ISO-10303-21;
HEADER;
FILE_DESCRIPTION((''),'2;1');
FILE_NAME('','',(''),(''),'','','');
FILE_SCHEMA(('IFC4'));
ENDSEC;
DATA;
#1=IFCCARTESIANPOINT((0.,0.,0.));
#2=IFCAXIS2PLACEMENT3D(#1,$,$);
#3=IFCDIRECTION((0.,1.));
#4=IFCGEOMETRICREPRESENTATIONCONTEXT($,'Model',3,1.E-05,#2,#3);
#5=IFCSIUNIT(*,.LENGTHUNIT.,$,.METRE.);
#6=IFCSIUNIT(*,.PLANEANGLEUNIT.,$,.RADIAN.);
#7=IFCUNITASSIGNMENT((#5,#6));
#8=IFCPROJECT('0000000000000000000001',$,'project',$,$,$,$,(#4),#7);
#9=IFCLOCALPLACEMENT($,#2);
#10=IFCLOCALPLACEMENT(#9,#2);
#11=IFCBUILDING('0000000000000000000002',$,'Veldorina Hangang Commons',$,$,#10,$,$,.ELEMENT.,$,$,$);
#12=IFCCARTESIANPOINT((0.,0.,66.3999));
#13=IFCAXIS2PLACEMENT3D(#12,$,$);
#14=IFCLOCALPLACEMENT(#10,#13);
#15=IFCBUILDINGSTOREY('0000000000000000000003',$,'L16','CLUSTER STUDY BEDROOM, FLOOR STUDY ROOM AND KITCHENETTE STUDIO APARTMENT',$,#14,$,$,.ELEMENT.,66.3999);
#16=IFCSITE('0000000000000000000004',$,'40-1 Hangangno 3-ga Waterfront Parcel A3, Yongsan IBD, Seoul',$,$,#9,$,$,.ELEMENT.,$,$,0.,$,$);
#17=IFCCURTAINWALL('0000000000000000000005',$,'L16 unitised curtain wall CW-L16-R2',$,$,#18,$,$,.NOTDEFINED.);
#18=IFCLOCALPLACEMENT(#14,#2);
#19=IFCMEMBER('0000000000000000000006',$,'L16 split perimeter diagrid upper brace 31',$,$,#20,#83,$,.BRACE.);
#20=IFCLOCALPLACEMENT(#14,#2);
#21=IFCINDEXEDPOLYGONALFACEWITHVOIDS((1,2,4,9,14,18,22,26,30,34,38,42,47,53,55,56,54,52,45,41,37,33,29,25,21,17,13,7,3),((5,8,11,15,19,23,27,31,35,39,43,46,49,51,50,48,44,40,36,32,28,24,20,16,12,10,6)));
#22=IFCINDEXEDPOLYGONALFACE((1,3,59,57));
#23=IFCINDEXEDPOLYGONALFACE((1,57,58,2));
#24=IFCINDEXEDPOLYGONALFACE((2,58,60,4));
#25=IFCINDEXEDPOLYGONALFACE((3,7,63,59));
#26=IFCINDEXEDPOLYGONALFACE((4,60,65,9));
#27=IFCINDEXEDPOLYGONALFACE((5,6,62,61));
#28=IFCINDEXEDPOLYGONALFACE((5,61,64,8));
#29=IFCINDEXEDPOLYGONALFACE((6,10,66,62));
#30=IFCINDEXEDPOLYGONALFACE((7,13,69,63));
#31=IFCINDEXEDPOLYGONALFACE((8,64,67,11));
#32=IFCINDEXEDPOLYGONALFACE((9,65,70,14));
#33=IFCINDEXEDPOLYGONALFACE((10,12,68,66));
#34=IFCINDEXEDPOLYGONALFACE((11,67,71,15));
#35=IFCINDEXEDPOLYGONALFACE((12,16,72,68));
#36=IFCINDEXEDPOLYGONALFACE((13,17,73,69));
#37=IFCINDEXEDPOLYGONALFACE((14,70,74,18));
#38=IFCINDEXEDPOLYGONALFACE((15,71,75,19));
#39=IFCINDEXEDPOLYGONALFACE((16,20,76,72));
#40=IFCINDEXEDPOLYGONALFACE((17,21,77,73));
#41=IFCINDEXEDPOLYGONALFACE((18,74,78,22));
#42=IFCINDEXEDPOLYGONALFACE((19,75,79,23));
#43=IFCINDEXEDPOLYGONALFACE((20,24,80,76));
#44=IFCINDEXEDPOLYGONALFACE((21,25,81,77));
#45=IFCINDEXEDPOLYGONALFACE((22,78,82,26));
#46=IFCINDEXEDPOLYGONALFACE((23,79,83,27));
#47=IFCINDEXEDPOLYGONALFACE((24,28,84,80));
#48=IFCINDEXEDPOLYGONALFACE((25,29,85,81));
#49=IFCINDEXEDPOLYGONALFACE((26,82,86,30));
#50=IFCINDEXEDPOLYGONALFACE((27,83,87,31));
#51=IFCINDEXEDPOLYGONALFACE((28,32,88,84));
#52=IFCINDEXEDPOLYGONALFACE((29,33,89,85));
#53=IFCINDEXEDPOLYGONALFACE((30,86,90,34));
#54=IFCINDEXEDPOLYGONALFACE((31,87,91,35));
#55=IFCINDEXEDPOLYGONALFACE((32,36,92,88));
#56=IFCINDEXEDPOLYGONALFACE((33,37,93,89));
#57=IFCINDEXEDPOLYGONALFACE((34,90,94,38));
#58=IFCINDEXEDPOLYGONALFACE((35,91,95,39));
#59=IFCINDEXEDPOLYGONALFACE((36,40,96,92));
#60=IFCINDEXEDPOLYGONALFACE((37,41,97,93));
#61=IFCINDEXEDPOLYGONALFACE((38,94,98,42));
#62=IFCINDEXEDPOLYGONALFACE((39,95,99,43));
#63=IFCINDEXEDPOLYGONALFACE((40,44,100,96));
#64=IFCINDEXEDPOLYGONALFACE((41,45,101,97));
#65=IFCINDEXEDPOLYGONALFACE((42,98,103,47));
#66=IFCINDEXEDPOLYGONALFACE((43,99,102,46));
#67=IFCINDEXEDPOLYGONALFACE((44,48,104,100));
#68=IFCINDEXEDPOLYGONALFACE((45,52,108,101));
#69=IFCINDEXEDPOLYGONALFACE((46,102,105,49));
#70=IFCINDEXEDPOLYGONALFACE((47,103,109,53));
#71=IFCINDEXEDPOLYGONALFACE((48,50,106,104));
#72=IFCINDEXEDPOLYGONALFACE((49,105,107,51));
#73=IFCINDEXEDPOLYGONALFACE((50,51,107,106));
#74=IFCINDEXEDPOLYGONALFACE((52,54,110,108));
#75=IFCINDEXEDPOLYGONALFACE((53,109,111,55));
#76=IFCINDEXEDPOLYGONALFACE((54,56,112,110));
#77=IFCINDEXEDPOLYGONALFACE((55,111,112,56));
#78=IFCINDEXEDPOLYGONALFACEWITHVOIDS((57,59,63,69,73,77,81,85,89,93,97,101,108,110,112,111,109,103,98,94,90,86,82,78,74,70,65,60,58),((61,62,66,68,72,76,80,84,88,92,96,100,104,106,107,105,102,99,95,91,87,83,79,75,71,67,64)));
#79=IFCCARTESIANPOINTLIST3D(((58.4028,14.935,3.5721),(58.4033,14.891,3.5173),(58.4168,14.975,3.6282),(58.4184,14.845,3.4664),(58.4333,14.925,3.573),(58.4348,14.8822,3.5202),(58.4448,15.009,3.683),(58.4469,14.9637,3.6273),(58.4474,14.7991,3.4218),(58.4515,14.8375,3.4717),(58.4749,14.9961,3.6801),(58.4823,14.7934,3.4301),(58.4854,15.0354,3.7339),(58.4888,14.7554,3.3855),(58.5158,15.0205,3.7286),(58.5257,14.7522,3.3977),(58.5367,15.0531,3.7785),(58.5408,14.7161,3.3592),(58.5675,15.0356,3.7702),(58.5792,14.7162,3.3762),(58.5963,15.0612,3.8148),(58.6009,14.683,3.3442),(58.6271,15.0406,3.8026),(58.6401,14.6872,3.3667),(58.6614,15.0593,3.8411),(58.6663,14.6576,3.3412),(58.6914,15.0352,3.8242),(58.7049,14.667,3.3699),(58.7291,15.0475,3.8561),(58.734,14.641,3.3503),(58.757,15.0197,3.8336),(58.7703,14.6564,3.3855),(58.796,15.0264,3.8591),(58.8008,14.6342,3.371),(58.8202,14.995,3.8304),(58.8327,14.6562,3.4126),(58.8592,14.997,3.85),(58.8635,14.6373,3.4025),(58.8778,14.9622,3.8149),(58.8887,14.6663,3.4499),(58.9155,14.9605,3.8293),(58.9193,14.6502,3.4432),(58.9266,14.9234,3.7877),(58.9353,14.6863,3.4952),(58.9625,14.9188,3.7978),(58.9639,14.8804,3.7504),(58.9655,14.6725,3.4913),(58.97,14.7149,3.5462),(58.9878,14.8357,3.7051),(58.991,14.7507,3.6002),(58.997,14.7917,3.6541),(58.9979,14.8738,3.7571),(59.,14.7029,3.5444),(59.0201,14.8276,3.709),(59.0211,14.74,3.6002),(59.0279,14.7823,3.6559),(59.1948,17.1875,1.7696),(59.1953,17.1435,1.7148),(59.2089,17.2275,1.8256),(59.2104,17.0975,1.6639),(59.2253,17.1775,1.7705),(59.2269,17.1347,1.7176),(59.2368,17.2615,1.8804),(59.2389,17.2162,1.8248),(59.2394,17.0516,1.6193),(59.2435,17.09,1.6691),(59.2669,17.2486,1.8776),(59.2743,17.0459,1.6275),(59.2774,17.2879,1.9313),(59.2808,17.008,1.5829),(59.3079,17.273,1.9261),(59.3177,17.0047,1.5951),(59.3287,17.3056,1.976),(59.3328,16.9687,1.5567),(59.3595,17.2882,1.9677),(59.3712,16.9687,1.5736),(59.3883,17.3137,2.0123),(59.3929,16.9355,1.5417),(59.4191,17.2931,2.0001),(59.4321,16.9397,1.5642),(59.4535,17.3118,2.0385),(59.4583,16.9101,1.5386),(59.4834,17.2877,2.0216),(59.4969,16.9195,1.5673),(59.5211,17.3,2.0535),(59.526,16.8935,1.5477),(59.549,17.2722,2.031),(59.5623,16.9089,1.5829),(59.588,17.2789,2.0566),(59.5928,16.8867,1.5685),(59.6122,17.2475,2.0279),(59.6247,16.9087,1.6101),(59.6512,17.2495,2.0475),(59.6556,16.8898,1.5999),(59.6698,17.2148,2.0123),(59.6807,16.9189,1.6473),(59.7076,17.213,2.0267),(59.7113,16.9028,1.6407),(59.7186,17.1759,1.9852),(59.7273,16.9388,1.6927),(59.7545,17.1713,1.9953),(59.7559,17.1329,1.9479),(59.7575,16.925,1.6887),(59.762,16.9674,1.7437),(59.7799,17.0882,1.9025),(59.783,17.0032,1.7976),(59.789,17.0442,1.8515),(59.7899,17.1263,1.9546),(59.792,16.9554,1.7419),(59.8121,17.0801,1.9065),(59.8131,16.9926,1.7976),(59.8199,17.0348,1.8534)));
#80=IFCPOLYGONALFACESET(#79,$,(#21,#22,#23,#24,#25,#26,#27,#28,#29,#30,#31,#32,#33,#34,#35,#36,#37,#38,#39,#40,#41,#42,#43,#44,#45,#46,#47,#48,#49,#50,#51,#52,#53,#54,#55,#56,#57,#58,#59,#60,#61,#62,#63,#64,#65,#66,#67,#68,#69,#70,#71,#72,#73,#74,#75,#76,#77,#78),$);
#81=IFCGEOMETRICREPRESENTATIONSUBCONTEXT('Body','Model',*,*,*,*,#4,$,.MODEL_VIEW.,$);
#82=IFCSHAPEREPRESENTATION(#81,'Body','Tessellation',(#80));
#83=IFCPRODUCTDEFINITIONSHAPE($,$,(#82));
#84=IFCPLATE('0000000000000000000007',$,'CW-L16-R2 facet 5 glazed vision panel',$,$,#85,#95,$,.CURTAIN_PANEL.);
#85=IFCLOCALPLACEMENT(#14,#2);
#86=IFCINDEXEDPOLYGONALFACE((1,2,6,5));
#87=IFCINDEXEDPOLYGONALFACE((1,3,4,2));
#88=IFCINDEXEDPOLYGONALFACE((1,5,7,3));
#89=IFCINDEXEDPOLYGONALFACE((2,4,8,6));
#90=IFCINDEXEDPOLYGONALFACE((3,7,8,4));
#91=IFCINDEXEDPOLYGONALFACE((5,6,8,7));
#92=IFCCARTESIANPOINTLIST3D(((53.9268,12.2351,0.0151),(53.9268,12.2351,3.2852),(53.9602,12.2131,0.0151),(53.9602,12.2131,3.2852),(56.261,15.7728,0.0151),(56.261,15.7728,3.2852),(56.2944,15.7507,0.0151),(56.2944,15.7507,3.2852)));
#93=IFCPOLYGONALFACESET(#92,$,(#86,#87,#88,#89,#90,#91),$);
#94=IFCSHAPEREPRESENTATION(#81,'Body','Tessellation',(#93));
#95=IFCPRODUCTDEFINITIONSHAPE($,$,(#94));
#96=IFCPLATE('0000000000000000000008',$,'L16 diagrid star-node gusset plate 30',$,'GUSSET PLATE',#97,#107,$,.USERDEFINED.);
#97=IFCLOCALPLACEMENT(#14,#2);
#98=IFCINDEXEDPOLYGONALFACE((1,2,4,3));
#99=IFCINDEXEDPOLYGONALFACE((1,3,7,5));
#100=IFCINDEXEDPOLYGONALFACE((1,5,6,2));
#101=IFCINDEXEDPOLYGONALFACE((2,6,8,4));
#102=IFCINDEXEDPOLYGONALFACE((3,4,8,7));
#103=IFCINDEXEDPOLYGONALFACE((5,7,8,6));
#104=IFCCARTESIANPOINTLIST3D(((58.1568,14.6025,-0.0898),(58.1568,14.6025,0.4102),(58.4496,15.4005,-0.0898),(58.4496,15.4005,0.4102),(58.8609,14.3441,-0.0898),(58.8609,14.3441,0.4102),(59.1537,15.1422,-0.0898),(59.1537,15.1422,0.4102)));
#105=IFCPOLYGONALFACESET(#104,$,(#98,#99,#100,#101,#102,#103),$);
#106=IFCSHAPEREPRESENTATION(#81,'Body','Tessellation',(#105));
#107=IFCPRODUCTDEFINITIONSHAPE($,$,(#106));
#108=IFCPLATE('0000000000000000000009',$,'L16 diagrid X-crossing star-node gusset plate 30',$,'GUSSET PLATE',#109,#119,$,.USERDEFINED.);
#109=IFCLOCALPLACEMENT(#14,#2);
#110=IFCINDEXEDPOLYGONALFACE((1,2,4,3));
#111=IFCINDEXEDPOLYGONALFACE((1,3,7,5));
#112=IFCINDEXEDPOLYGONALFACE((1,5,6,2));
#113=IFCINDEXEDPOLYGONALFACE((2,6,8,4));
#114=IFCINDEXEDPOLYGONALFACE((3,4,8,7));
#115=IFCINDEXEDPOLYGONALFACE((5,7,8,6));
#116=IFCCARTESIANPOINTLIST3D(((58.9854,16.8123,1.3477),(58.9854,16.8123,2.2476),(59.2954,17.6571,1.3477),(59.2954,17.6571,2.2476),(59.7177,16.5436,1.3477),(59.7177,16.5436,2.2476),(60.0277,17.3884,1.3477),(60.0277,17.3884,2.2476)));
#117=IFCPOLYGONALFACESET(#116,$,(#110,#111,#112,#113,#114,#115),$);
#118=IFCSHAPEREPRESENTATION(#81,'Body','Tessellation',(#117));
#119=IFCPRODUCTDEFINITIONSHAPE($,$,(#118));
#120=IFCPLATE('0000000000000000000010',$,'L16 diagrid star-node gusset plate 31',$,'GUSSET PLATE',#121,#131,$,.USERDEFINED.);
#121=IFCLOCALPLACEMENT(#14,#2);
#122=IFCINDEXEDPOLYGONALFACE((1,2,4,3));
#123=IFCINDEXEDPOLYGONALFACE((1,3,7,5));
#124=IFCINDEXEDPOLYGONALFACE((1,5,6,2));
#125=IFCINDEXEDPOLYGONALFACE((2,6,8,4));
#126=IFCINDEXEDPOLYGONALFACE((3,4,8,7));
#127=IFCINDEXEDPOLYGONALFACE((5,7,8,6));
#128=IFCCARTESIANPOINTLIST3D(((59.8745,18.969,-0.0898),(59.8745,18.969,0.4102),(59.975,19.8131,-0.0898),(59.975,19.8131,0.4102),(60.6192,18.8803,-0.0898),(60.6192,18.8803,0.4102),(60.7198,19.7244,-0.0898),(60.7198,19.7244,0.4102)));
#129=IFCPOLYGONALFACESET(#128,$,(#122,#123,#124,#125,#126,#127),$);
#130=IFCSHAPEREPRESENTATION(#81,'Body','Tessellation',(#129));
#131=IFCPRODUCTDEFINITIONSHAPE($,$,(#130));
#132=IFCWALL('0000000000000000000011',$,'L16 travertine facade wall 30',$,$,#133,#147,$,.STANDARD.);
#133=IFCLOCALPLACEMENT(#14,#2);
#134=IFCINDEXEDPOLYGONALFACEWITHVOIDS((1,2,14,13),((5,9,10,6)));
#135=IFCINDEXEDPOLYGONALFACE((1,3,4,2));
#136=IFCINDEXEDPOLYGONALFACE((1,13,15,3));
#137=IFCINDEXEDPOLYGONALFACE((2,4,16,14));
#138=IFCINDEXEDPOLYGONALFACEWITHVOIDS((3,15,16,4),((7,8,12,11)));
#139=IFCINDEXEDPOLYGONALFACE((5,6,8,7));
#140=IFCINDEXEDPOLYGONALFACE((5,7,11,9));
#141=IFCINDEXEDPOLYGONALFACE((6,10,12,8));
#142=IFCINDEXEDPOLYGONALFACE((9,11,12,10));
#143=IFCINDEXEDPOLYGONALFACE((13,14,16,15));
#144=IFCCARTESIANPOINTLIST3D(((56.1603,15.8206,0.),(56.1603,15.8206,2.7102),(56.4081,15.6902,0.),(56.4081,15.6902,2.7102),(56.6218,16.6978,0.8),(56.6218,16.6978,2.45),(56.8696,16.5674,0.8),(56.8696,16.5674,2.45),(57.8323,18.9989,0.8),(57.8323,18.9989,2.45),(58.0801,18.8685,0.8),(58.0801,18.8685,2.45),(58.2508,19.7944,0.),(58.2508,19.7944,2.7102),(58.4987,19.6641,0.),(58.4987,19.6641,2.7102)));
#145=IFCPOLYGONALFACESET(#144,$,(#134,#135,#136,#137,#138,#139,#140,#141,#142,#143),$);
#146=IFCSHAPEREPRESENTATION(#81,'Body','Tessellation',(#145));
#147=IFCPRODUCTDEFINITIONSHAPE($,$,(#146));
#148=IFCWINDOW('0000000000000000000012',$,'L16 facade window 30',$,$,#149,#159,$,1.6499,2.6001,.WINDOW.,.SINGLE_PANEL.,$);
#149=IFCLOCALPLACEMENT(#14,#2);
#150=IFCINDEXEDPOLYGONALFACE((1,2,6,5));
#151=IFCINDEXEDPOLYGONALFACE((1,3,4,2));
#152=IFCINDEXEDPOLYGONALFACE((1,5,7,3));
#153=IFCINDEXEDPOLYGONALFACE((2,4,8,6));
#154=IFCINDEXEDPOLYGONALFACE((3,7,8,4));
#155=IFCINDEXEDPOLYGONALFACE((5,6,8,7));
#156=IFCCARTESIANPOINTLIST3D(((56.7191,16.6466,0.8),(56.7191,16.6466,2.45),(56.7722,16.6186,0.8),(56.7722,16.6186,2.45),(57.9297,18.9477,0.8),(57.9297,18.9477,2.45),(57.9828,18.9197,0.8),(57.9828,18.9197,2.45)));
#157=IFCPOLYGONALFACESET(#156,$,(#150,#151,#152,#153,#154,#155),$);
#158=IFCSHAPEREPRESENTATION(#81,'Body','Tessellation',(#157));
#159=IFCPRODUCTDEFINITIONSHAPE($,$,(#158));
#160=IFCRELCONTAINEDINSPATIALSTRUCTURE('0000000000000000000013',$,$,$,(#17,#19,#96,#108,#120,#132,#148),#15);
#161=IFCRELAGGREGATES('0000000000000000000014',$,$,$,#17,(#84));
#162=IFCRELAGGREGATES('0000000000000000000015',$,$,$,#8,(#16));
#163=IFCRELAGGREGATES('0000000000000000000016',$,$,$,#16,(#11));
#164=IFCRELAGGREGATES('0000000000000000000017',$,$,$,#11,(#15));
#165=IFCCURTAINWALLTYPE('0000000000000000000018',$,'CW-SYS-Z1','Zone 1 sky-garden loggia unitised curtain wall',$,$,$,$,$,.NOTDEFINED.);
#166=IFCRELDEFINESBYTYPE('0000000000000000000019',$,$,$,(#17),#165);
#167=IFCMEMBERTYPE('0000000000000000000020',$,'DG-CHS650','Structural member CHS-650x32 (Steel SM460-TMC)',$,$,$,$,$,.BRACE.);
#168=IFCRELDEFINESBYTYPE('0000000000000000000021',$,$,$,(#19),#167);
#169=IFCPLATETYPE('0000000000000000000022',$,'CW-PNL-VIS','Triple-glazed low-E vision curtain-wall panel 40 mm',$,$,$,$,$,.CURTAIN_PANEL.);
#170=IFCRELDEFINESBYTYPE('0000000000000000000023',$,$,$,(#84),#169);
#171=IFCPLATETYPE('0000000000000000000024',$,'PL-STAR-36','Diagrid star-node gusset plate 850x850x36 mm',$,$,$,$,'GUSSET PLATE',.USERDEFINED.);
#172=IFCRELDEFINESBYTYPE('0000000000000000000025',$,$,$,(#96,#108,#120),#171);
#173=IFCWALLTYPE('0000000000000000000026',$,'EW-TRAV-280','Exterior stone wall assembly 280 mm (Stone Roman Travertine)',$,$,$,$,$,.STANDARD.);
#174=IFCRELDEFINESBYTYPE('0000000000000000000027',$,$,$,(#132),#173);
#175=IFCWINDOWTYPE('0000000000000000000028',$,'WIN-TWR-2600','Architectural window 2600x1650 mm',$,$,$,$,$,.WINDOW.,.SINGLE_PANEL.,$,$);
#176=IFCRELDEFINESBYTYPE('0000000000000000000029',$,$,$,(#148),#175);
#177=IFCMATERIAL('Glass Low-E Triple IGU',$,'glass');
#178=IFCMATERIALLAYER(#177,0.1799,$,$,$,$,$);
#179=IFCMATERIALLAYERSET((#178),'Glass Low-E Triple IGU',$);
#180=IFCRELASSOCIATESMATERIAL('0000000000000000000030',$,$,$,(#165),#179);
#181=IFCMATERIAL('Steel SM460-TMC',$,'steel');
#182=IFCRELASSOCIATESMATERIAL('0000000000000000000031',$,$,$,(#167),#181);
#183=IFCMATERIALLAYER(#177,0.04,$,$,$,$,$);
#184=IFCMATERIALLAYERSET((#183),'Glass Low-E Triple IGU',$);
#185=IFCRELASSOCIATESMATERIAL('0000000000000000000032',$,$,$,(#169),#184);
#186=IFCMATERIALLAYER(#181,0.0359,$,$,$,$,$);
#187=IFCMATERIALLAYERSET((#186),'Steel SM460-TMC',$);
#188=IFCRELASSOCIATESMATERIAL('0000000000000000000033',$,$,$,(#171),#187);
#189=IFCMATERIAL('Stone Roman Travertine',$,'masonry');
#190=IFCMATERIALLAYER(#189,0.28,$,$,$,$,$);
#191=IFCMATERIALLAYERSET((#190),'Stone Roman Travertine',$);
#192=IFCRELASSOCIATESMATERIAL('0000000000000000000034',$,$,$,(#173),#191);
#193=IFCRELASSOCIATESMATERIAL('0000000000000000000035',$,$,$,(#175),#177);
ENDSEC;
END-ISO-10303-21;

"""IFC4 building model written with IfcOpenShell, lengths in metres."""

from ifc_helpers import new_model, si_unit, direction, frame, frame_2d, origin, origin_2d, place, context, subcontext, project, spatial, rectangle, hollow_circle, extrude, material, layer, layer_set, material_profile, profile_set, type_object, element, fill, aggregate, save


model = new_model("IFC4")

# Units and contexts
model_context = context("Model", 3, precision=1e-05, world=origin(), true_north=direction((0.0, 1.0)))
body_context = subcontext(model_context, "Body", "Model", "MODEL_VIEW")
ifc_project = project(units=[si_unit("LENGTHUNIT", "METRE"), si_unit("PLANEANGLEUNIT", "RADIAN")], contexts=[model_context])

# Site, building, storey
site_placement = place(None, origin())
site = spatial("IfcSite", under=ifc_project, at=site_placement, Name="40-1 Hangangno 3-ga Waterfront Parcel A3, Yongsan IBD, Seoul", CompositionType="ELEMENT", RefElevation=0.0)
building_placement = place(site_placement, origin())
building = spatial("IfcBuilding", under=site, at=building_placement, Name="Veldorina Hangang Commons", CompositionType="ELEMENT")
storey_placement = place(building_placement, frame((0.0, 0.0, 66.3999)))
storey = spatial("IfcBuildingStorey", under=building, at=storey_placement, Name="L16", Description="CLUSTER STUDY BEDROOM, FLOOR STUDY ROOM AND KITCHENETTE STUDIO APARTMENT", CompositionType="ELEMENT", Elevation=66.3999)

# Curtain wall
ifc_material_1 = material(Name="Glass Low-E Triple IGU", Category="glass")
ifc_layer_1 = layer(ifc_material_1, 0.1799)
ifc_layer_set_1 = layer_set([ifc_layer_1], Name="Glass Low-E Triple IGU")
curtain_wall_type = type_object("IfcCurtainWallType", Name="CW-SYS-Z1", Description="Zone 1 sky-garden loggia unitised curtain wall", PredefinedType="NOTDEFINED", material=ifc_layer_set_1)
curtain_wall_placement = place(storey_placement, origin())
curtain_wall = element("IfcCurtainWall", 1, at=curtain_wall_placement, inside=storey, type_object=curtain_wall_type, Name="L16 unitised curtain wall CW-L16-R2", PredefinedType="NOTDEFINED")

# Member
ifc_material_2 = material(Name="Steel SM460-TMC", Category="steel")
ifc_material_profile_1 = material_profile(ifc_material_2, hollow_circle(Radius=0.325, WallThickness=0.032, at=origin_2d()), Name="CHS-650x32")
ifc_profile_set_1 = profile_set([ifc_material_profile_1], Name="Steel SM460-TMC")
member_type_1 = type_object("IfcMemberType", Name="DG-CHS650", Description="Structural member CHS-650x32 (Steel SM460-TMC)", PredefinedType="BRACE", material=ifc_profile_set_1)
member_1_placement = place(storey_placement, frame((59.5066, 17.1003, 1.7976), z_axis=(-0.264738, -0.75292, 0.602516), x_axis=(0.943382, -0.331707, 0.0)))
element("IfcMember", 2, at=member_1_placement, inside=storey, type_object=member_type_1, Name="L16 split perimeter diagrid upper brace 31", PredefinedType="BRACE", context=body_context, shape_type="SweptSolid", body=[
    extrude(hollow_circle(Radius=0.325, WallThickness=0.032, at=origin_2d()), origin(), (0.0, 0.0, 1.0), 2.9917),
])

# Plate
ifc_layer_2 = layer(ifc_material_1, 0.04)
ifc_layer_set_2 = layer_set([ifc_layer_2], Name="Glass Low-E Triple IGU")
plate_type_1 = type_object("IfcPlateType", Name="CW-PNL-VIS", Description="Triple-glazed low-E vision curtain-wall panel 40 mm", PredefinedType="CURTAIN_PANEL", material=ifc_layer_set_2)
plate_1_placement = place(storey_placement, frame((55.1106, 13.9929, 0.0151), z_axis=(0.0, 0.0, 1.0), x_axis=(0.550728, 0.834684, 0.0)))
plate_1 = element("IfcPlate", 3, at=plate_1_placement, type_object=plate_type_1, Name="CW-L16-R2 facet 5 glazed vision panel", PredefinedType="CURTAIN_PANEL", context=body_context, shape_type="SweptSolid", body=[
    extrude(rectangle(XDim=4.2383, YDim=0.04, at=origin_2d()), origin(), (0.0, 0.0, 1.0), 3.27),
])
aggregate(curtain_wall, [plate_1])

# Plates
ifc_layer_3 = layer(ifc_material_2, 0.0359)
ifc_layer_set_3 = layer_set([ifc_layer_3], Name="Steel SM460-TMC")
plate_type_2 = type_object("IfcPlateType", Name="PL-STAR-36", Description="Diagrid star-node gusset plate 850x850x36 mm", ElementType="GUSSET PLATE", PredefinedType="USERDEFINED", material=ifc_layer_set_3)
plate_2_placement = place(storey_placement, frame((58.6553, 14.8723, -0.0898), z_axis=(0.0, 0.0, 1.0), x_axis=(0.344479, 0.938794, 0.0)))
element("IfcPlate", 4, at=plate_2_placement, inside=storey, type_object=plate_type_2, Name="L16 diagrid star-node gusset plate 30", ObjectType="GUSSET PLATE", PredefinedType="USERDEFINED", context=body_context, shape_type="SweptSolid", body=[
    extrude(rectangle(XDim=0.8501, YDim=0.75, at=origin_2d()), origin(), (0.0, 0.0, 1.0), 0.5),
])
plate_3_placement = place(storey_placement, frame((59.5066, 17.1003, 1.3477), z_axis=(0.0, 0.0, 1.0), x_axis=(0.344479, 0.938794, 0.0)))
element("IfcPlate", 5, at=plate_3_placement, inside=storey, type_object=plate_type_2, Name="L16 diagrid X-crossing star-node gusset plate 30", ObjectType="GUSSET PLATE", PredefinedType="USERDEFINED", context=body_context, shape_type="SweptSolid", body=[
    extrude(rectangle(XDim=0.8999, YDim=0.78, at=origin_2d()), origin(), (0.0, 0.0, 1.0), 0.8999),
])
plate_4_placement = place(storey_placement, frame((60.2971, 19.3467, -0.0898), z_axis=(0.0, 0.0, 1.0), x_axis=(0.1183, 0.992978, 0.0)))
element("IfcPlate", 6, at=plate_4_placement, inside=storey, type_object=plate_type_2, Name="L16 diagrid star-node gusset plate 31", ObjectType="GUSSET PLATE", PredefinedType="USERDEFINED", context=body_context, shape_type="SweptSolid", body=[
    extrude(rectangle(XDim=0.8501, YDim=0.75, at=origin_2d()), origin(), (0.0, 0.0, 1.0), 0.5),
])

# Wall, opening, window
ifc_material_3 = material(Name="Stone Roman Travertine", Category="masonry")
ifc_layer_4 = layer(ifc_material_3, 0.28)
ifc_layer_set_4 = layer_set([ifc_layer_4], Name="Stone Roman Travertine")
wall_type_1 = type_object("IfcWallType", Name="EW-TRAV-280", Description="Exterior stone wall assembly 280 mm (Stone Roman Travertine)", PredefinedType="STANDARD", material=ifc_layer_set_4)
wall_1_placement = place(storey_placement, frame((56.2842, 15.7554, 0.0), z_axis=(0.0, 0.0, 1.0), x_axis=(0.465583, 0.885004, 0.0)))
wall_1 = element("IfcWall", 7, at=wall_1_placement, inside=storey, type_object=wall_type_1, Name="L16 travertine facade wall 30", PredefinedType="STANDARD", context=body_context, shape_type="SweptSolid", body=[
    extrude(rectangle(XDim=4.4902, YDim=0.28, at=frame_2d((2.2451, 0.0))), origin(), (0.0, 0.0, 1.0), 2.7102),
])
opening_1_placement = place(wall_1_placement, frame((0.9912, 0.0, 0.8)))
opening_1 = element("IfcOpeningElement", 8, at=opening_1_placement, cuts=wall_1, PredefinedType="OPENING", context=body_context, shape_type="SweptSolid", body=[
    extrude(rectangle(XDim=2.6001, YDim=1.6499, at=frame_2d((1.3, 0.825))), frame((0.0, 0.1499, 0.0), z_axis=(0.0, -1.0, 0.0), x_axis=(1.0, 0.0, 0.0)), (0.0, 0.0, 1.0), 0.3),
])
window_type = type_object("IfcWindowType", Name="WIN-TWR-2600", Description="Architectural window 2600x1650 mm", PartitioningType="SINGLE_PANEL", PredefinedType="WINDOW", material=ifc_material_1)
window_1_placement = place(opening_1_placement, origin())
window_1 = element("IfcWindow", 9, at=window_1_placement, inside=storey, type_object=window_type, Name="L16 facade window 30", OverallHeight=1.6499, OverallWidth=2.6001, PartitioningType="SINGLE_PANEL", PredefinedType="WINDOW", context=body_context, shape_type="SweptSolid", body=[
    extrude(rectangle(XDim=2.6001, YDim=1.6499, at=frame_2d((1.3, 0.825))), frame((0.0, 0.03, 0.0), z_axis=(0.0, -1.0, 0.0), x_axis=(1.0, 0.0, 0.0)), (0.0, 0.0, 1.0), 0.0601),
])
fill(opening_1, window_1)

save(model, "model.ifc")
